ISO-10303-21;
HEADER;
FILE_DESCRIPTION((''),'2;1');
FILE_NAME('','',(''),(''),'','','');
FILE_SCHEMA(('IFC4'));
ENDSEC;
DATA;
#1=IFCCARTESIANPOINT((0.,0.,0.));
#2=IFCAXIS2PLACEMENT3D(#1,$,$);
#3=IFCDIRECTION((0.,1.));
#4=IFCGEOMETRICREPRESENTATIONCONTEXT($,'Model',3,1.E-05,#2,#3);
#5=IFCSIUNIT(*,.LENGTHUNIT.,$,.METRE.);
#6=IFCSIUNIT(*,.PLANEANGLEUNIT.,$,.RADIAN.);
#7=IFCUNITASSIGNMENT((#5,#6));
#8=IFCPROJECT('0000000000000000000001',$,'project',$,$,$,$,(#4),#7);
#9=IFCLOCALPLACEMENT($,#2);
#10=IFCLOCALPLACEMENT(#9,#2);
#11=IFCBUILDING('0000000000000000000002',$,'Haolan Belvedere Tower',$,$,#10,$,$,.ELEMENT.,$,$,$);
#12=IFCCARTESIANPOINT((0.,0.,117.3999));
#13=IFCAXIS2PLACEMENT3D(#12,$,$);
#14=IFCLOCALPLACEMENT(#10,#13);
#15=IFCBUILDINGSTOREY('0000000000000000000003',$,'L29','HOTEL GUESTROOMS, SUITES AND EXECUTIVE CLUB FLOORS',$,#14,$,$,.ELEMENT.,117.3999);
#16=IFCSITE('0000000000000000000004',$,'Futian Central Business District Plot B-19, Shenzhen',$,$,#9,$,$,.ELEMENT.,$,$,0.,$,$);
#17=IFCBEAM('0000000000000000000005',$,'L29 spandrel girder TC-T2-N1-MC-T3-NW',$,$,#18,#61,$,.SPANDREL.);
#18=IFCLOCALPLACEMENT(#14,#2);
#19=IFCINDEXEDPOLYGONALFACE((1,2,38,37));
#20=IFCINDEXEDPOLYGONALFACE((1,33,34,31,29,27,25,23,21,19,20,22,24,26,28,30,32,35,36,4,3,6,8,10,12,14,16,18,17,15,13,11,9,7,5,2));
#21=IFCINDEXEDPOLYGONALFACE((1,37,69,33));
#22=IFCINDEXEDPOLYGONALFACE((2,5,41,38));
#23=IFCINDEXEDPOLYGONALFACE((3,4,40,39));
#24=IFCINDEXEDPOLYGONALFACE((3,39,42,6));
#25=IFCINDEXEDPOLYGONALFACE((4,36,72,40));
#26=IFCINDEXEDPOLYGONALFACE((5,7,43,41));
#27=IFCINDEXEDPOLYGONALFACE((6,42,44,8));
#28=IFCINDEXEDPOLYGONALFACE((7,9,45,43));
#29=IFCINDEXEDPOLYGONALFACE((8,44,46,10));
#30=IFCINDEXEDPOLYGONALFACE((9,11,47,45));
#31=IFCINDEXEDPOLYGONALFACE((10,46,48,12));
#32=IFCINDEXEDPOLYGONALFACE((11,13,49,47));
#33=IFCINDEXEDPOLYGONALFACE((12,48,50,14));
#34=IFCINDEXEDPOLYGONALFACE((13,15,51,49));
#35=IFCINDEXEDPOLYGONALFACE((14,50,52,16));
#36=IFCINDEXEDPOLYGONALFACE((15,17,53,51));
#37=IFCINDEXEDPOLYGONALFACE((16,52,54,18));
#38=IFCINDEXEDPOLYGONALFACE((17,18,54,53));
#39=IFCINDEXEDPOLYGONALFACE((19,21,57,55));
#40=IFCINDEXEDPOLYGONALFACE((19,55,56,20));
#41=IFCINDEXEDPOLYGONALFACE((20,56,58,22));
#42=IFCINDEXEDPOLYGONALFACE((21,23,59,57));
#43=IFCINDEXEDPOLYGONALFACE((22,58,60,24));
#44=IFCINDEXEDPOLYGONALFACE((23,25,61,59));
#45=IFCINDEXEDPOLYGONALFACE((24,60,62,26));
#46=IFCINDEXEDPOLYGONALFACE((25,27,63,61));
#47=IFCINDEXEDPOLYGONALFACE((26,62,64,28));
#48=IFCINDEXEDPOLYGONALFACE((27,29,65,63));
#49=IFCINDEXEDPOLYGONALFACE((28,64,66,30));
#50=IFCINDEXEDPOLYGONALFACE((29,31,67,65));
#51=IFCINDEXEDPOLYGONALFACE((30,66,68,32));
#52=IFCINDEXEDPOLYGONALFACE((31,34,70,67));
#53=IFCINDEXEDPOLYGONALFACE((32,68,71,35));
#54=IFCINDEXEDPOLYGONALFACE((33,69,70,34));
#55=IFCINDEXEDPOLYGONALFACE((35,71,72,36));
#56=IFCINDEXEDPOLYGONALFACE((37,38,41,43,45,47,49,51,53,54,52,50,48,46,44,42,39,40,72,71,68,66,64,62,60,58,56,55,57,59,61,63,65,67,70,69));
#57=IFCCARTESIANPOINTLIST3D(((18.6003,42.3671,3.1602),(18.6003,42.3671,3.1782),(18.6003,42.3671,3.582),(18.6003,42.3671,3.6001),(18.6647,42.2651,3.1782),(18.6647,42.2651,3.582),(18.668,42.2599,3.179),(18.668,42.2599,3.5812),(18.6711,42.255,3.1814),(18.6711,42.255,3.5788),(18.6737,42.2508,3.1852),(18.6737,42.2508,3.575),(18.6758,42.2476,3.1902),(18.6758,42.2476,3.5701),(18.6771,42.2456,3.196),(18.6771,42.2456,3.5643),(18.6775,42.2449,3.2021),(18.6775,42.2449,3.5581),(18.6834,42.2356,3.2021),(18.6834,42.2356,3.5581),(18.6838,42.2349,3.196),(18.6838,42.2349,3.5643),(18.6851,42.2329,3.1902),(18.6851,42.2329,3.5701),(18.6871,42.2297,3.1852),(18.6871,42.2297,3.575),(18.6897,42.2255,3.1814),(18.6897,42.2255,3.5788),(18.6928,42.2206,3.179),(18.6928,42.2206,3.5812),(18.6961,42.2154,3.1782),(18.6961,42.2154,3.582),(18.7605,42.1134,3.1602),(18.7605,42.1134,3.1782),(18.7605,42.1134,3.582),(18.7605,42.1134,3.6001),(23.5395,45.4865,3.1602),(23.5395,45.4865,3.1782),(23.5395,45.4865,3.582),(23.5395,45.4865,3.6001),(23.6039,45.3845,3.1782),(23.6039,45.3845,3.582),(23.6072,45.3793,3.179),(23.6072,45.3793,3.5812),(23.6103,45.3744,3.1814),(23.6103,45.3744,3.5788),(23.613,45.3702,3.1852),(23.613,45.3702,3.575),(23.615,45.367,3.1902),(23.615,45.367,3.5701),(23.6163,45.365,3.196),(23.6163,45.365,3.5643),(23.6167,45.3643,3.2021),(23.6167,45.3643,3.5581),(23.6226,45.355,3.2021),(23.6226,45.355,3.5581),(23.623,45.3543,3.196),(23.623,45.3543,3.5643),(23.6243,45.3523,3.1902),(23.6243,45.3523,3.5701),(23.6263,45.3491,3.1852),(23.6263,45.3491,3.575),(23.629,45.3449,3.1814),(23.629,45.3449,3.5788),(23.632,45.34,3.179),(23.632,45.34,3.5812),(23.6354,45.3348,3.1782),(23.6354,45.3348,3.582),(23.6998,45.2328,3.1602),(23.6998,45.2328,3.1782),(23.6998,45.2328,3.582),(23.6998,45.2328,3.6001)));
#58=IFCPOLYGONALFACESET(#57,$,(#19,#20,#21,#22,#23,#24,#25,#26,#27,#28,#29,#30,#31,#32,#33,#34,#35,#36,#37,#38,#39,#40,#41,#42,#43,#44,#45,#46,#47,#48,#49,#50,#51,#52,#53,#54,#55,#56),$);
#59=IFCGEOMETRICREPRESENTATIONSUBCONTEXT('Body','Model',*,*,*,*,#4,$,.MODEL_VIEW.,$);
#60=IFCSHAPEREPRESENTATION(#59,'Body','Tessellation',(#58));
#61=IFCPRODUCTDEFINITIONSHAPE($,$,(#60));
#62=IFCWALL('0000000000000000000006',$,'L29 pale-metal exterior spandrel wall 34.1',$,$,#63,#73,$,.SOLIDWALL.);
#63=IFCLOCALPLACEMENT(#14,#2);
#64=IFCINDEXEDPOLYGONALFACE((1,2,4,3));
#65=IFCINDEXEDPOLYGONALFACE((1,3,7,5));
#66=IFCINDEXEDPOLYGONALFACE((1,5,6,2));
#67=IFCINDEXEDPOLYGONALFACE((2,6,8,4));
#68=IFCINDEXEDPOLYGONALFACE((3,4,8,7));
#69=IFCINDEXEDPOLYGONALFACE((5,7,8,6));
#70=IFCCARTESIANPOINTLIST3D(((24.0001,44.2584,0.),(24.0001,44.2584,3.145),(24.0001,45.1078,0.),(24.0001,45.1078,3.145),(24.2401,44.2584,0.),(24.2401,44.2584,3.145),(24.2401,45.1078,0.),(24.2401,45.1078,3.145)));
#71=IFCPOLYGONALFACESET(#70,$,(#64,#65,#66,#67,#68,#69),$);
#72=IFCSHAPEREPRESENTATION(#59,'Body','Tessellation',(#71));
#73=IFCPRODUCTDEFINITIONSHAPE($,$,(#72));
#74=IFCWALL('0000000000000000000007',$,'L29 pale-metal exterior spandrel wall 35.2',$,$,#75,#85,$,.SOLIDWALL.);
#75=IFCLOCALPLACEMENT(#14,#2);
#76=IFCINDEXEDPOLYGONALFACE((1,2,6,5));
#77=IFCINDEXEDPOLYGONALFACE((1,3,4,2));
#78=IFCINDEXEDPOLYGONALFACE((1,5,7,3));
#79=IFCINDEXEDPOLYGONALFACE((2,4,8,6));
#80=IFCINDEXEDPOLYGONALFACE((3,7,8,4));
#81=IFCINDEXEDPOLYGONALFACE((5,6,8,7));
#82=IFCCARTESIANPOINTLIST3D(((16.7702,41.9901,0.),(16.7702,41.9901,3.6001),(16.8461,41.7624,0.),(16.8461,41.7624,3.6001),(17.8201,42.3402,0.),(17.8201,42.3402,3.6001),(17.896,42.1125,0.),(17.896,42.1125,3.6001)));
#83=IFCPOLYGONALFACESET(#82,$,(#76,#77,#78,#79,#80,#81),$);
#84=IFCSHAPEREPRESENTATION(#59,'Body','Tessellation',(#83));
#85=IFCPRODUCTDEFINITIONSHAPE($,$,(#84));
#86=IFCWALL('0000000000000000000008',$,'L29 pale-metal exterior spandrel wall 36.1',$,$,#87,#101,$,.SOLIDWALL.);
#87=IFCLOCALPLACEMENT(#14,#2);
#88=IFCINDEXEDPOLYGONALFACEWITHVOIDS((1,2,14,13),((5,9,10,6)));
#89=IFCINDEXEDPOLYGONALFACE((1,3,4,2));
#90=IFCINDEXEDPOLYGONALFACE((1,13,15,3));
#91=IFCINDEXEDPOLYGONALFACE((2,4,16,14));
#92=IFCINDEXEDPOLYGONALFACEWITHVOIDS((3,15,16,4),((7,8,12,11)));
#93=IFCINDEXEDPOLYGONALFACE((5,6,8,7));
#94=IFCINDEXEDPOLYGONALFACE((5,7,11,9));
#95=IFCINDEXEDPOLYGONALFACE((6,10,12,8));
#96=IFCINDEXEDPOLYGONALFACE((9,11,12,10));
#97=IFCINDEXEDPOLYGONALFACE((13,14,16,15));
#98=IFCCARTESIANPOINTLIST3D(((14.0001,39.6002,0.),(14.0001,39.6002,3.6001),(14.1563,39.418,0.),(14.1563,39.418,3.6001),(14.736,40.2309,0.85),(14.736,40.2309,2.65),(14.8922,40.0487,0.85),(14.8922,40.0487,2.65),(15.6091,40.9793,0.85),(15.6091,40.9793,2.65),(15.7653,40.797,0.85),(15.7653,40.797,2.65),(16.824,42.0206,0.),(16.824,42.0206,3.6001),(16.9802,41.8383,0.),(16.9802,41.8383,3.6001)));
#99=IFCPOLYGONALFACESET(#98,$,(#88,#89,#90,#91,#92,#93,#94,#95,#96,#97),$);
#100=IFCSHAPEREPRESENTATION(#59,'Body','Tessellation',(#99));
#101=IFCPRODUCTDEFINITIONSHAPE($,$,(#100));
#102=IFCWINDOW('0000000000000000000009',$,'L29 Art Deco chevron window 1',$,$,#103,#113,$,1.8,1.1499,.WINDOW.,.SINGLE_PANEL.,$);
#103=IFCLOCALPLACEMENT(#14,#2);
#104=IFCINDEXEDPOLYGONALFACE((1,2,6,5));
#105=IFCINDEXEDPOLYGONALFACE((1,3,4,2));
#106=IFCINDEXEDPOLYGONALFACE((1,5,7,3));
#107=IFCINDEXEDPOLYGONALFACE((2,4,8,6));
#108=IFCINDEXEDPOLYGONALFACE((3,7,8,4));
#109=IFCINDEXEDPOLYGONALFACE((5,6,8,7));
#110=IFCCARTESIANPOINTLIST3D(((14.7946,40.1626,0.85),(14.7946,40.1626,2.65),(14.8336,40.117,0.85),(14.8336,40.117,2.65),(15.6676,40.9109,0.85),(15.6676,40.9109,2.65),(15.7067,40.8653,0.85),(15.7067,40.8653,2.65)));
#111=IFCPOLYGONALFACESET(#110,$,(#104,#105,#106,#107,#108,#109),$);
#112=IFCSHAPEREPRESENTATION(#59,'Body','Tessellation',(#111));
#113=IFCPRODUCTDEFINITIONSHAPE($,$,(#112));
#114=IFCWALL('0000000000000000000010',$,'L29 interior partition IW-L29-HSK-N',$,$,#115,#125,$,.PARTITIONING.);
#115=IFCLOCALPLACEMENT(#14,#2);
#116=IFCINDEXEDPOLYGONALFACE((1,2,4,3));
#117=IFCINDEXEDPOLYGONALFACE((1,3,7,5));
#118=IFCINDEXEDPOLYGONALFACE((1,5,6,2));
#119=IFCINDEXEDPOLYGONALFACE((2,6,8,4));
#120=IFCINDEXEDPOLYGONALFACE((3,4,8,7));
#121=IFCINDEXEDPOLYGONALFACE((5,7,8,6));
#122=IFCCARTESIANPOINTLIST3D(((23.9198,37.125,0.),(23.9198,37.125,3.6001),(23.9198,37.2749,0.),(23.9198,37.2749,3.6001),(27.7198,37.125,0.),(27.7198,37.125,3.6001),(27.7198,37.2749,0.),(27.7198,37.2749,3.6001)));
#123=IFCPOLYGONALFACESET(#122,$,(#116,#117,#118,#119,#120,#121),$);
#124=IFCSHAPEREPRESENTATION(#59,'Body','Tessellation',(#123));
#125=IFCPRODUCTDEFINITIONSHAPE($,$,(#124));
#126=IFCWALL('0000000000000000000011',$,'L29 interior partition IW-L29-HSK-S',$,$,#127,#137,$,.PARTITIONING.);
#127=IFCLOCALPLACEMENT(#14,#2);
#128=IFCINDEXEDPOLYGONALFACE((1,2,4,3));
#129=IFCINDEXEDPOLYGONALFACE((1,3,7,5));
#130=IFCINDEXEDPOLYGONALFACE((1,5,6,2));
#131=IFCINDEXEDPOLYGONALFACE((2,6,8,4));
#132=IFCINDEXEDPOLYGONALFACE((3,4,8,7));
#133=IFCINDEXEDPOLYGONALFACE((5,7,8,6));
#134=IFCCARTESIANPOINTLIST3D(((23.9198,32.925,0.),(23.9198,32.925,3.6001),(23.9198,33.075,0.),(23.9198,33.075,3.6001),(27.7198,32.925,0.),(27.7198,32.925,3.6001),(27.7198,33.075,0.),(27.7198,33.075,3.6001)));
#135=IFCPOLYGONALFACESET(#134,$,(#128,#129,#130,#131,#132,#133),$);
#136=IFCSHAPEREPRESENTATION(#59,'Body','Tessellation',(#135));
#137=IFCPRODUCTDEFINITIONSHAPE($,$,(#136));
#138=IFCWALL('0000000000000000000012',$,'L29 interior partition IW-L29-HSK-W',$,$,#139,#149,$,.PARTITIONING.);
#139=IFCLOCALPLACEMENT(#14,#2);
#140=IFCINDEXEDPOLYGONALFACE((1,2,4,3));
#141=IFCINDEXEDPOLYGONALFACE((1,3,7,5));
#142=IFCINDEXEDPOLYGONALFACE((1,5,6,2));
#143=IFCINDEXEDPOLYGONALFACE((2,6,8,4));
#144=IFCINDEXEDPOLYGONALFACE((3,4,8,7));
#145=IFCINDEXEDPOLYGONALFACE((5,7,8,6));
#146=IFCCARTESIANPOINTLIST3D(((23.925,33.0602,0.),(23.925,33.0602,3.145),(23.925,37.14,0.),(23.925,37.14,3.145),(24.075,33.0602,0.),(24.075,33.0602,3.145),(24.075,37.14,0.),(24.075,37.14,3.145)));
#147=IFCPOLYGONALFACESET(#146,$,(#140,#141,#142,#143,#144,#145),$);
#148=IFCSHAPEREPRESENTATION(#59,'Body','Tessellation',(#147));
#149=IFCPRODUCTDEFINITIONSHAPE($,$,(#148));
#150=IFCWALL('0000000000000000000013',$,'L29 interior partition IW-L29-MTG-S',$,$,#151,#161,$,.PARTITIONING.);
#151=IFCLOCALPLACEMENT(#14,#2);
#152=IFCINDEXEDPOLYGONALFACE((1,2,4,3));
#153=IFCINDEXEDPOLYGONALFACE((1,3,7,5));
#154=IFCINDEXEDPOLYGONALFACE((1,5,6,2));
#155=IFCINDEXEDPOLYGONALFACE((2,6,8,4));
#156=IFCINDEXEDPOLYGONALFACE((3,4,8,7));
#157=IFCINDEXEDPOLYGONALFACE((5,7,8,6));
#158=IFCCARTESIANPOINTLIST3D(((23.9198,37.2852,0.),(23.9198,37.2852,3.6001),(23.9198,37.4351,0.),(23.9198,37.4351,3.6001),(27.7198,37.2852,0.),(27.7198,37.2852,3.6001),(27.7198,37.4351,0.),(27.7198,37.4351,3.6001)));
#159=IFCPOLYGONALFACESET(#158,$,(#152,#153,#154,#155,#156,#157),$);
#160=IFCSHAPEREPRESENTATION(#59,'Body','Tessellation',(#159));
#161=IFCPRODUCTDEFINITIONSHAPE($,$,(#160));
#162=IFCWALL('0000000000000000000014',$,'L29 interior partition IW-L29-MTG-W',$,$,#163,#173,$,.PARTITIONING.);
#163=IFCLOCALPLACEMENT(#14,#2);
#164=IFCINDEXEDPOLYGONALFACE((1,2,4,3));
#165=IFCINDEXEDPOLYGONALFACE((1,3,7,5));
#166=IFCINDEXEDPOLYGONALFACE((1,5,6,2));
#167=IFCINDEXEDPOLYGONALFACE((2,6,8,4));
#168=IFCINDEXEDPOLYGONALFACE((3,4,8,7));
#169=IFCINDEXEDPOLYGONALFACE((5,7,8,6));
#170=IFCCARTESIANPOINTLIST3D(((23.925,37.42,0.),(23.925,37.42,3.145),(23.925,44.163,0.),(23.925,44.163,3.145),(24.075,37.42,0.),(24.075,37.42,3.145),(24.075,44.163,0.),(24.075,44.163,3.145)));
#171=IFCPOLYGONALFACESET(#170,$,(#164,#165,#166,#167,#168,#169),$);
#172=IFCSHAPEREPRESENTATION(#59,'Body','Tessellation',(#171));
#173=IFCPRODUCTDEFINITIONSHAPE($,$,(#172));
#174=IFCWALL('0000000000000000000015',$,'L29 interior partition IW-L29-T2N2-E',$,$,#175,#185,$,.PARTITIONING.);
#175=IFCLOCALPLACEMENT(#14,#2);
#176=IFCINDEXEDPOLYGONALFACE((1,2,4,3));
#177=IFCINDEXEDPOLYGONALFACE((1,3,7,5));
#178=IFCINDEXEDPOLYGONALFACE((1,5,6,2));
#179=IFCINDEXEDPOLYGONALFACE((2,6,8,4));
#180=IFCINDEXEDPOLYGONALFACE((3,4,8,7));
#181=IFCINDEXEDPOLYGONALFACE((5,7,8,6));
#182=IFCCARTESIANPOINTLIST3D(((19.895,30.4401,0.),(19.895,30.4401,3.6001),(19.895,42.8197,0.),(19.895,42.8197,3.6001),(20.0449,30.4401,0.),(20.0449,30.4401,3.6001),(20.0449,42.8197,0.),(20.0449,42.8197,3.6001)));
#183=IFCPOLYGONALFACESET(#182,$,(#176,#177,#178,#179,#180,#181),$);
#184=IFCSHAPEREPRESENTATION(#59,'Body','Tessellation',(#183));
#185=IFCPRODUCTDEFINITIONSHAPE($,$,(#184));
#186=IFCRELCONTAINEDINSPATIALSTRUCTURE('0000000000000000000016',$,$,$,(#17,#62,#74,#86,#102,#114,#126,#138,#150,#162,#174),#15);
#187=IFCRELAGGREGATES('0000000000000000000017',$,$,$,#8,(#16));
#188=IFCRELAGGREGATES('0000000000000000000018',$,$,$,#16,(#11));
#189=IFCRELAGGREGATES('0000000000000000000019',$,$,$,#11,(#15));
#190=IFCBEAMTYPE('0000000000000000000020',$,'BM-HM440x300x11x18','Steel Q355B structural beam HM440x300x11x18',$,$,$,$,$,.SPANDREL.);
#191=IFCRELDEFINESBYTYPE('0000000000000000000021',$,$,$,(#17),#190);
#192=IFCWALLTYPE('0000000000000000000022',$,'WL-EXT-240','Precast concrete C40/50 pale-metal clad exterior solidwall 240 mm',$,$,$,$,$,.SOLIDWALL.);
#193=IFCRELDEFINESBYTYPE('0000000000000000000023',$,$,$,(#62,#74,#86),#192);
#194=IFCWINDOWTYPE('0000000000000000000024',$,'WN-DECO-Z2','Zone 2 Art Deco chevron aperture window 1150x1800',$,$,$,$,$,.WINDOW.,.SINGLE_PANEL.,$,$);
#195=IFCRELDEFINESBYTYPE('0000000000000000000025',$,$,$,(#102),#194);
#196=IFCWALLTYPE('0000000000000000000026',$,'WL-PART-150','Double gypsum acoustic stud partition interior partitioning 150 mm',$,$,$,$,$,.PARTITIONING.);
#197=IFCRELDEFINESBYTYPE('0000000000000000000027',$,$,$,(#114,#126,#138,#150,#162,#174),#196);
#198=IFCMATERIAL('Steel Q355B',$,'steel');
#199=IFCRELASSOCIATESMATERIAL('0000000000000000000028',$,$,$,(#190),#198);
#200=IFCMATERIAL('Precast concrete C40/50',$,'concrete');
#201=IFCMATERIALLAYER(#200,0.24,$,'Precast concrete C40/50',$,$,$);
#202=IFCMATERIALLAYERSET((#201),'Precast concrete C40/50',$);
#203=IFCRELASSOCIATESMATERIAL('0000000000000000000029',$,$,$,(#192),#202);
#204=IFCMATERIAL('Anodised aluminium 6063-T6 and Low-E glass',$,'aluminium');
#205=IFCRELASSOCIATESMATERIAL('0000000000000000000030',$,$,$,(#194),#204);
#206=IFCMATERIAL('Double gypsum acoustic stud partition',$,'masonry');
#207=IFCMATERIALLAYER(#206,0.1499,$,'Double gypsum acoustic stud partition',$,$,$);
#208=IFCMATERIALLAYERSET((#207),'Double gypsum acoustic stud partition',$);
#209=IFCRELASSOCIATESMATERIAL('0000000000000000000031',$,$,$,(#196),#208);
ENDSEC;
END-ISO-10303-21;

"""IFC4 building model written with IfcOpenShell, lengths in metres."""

from ifc_helpers import new_model, si_unit, direction, frame, frame_2d, origin, origin_2d, place, context, subcontext, project, spatial, rectangle, i_section, extrude, material, layer, layer_set, material_profile, profile_set, type_object, element, fill, save


model = new_model("IFC4")

# Units and contexts
model_context = context("Model", 3, precision=1e-05, world=origin(), true_north=direction((0.0, 1.0)))
body_context = subcontext(model_context, "Body", "Model", "MODEL_VIEW")
ifc_project = project(units=[si_unit("LENGTHUNIT", "METRE"), si_unit("PLANEANGLEUNIT", "RADIAN")], contexts=[model_context])

# Site, building, storey
site_placement = place(None, origin())
site = spatial("IfcSite", under=ifc_project, at=site_placement, Name="Futian Central Business District Plot B-19, Shenzhen", CompositionType="ELEMENT", RefElevation=0.0)
building_placement = place(site_placement, origin())
building = spatial("IfcBuilding", under=site, at=building_placement, Name="Haolan Belvedere Tower", CompositionType="ELEMENT")
storey_placement = place(building_placement, frame((0.0, 0.0, 117.3999)))
storey = spatial("IfcBuildingStorey", under=building, at=storey_placement, Name="L29", Description="HOTEL GUESTROOMS, SUITES AND EXECUTIVE CLUB FLOORS", CompositionType="ELEMENT", Elevation=117.3999)

# Beam
ifc_material_1 = material(Name="Steel Q355B", Category="steel")
ifc_material_profile_1 = material_profile(ifc_material_1, i_section(OverallWidth=0.3, OverallDepth=0.4399, WebThickness=0.011, FlangeThickness=0.0181, FilletRadius=0.0239, at=origin_2d()), Name="Steel Q355B")
ifc_profile_set_1 = profile_set([ifc_material_profile_1], Name="Steel Q355B")
beam_type = type_object("IfcBeamType", Name="BM-HM440x300x11x18", Description="Steel Q355B structural beam HM440x300x11x18", PredefinedType="SPANDREL", material=ifc_profile_set_1)
beam_placement = place(storey_placement, frame((18.6804, 42.2402, 3.3801), z_axis=(0.845498, 0.533979, 0.0), x_axis=(-0.533979, 0.845498, 0.0)))
element("IfcBeam", 1, at=beam_placement, inside=storey, type_object=beam_type, Name="L29 spandrel girder TC-T2-N1-MC-T3-NW", PredefinedType="SPANDREL", context=body_context, shape_type="SweptSolid", body=[
    extrude(i_section(OverallWidth=0.3, OverallDepth=0.4399, WebThickness=0.011, FlangeThickness=0.0181, FilletRadius=0.0239, at=origin_2d()), origin(), (0.0, 0.0, 1.0), 5.8418),
])

# Walls
ifc_material_2 = material(Name="Precast concrete C40/50", Category="concrete")
ifc_layer_1 = layer(ifc_material_2, 0.24, Name="Precast concrete C40/50")
ifc_layer_set_1 = layer_set([ifc_layer_1], Name="Precast concrete C40/50")
wall_type_1 = type_object("IfcWallType", Name="WL-EXT-240", Description="Precast concrete C40/50 pale-metal clad exterior solidwall 240 mm", PredefinedType="SOLIDWALL", material=ifc_layer_set_1)
wall_1_placement = place(storey_placement, frame((24.1201, 45.1079, 0.0), z_axis=(0.0, 0.0, 1.0), x_axis=(0.0, -1.0, 0.0)))
element("IfcWall", 2, at=wall_1_placement, inside=storey, type_object=wall_type_1, Name="L29 pale-metal exterior spandrel wall 34.1", PredefinedType="SOLIDWALL", context=body_context, shape_type="SweptSolid", body=[
    extrude(rectangle(XDim=0.8494, YDim=0.24, at=frame_2d((0.4248, 0.0))), origin(), (0.0, 0.0, 1.0), 3.145),
])
wall_2_placement = place(storey_placement, frame((17.8579, 42.2263, 0.0), z_axis=(0.0, 0.0, 1.0), x_axis=(-0.948639, -0.31636, 0.0)))
element("IfcWall", 3, at=wall_2_placement, inside=storey, type_object=wall_type_1, Name="L29 pale-metal exterior spandrel wall 35.2", PredefinedType="SOLIDWALL", context=body_context, shape_type="SweptSolid", body=[
    extrude(rectangle(XDim=1.1067, YDim=0.24, at=frame_2d((0.5532, 0.0))), origin(), (0.0, 0.0, 1.0), 3.6001),
])

# Wall, opening, window
wall_3_placement = place(storey_placement, frame((16.9021, 41.9294, 0.0), z_axis=(0.0, 0.0, 1.0), x_axis=(-0.759275, -0.65077, 0.0)))
wall_3 = element("IfcWall", 4, at=wall_3_placement, inside=storey, type_object=wall_type_1, Name="L29 pale-metal exterior spandrel wall 36.1", PredefinedType="SOLIDWALL", context=body_context, shape_type="SweptSolid", body=[
    extrude(rectangle(XDim=3.7192, YDim=0.24, at=frame_2d((1.8596, 0.0))), origin(), (0.0, 0.0, 1.0), 3.6001),
])
opening_1_placement = place(wall_3_placement, frame((1.6001, 0.0, 0.8501)))
opening_1 = element("IfcOpeningElement", 5, at=opening_1_placement, cuts=wall_3, PredefinedType="OPENING", context=body_context, shape_type="SweptSolid", body=[
    extrude(rectangle(XDim=1.1499, YDim=1.8, at=frame_2d((0.575, 0.8999))), frame((0.0, 0.1299, 0.0), z_axis=(0.0, -1.0, 0.0), x_axis=(1.0, 0.0, 0.0)), (0.0, 0.0, 1.0), 0.26),
])
ifc_material_3 = material(Name="Anodised aluminium 6063-T6 and Low-E glass", Category="aluminium")
window_type = type_object("IfcWindowType", Name="WN-DECO-Z2", Description="Zone 2 Art Deco chevron aperture window 1150x1800", PartitioningType="SINGLE_PANEL", PredefinedType="WINDOW", material=ifc_material_3)
window_placement = place(opening_1_placement, origin())
window = element("IfcWindow", 6, at=window_placement, inside=storey, type_object=window_type, Name="L29 Art Deco chevron window 1", OverallHeight=1.8, OverallWidth=1.1499, PartitioningType="SINGLE_PANEL", PredefinedType="WINDOW", context=body_context, shape_type="SweptSolid", body=[
    extrude(rectangle(XDim=1.1499, YDim=1.8, at=frame_2d((0.575, 0.8999))), frame((0.0, 0.03, 0.0), z_axis=(0.0, -1.0, 0.0), x_axis=(1.0, 0.0, 0.0)), (0.0, 0.0, 1.0), 0.0601),
])
fill(opening_1, window)

# Walls
ifc_material_4 = material(Name="Double gypsum acoustic stud partition", Category="masonry")
ifc_layer_2 = layer(ifc_material_4, 0.1499, Name="Double gypsum acoustic stud partition")
ifc_layer_set_2 = layer_set([ifc_layer_2], Name="Double gypsum acoustic stud partition")
wall_type_2 = type_object("IfcWallType", Name="WL-PART-150", Description="Double gypsum acoustic stud partition interior partitioning 150 mm", PredefinedType="PARTITIONING", material=ifc_layer_set_2)
for number, where, z_axis, x_axis, name in (
    (7, (23.9199, 37.2, 0.0), (0.0, 0.0, 1.0), (1.0, 0.0, 0.0), "L29 interior partition IW-L29-HSK-N"),
    (8, (23.9199, 33.0, 0.0), (0.0, 0.0, 1.0), (1.0, 0.0, 0.0), "L29 interior partition IW-L29-HSK-S"),
):
    element("IfcWall", number, at=place(storey_placement, frame(where, z_axis=z_axis, x_axis=x_axis)), inside=storey, type_object=wall_type_2, Name=name, PredefinedType="PARTITIONING", context=body_context, shape_type="SweptSolid", body=[
        extrude(rectangle(XDim=3.8, YDim=0.1499, at=frame_2d((1.8999, 0.0))), origin(), (0.0, 0.0, 1.0), 3.6001),
    ])
wall_4_placement = place(storey_placement, frame((24.0, 33.0601, 0.0), z_axis=(0.0, 0.0, 1.0), x_axis=(0.0, 1.0, 0.0)))
element("IfcWall", 9, at=wall_4_placement, inside=storey, type_object=wall_type_2, Name="L29 interior partition IW-L29-HSK-W", PredefinedType="PARTITIONING", context=body_context, shape_type="SweptSolid", body=[
    extrude(rectangle(XDim=4.0798, YDim=0.1499, at=frame_2d((2.04, 0.0))), origin(), (0.0, 0.0, 1.0), 3.145),
])
wall_5_placement = place(storey_placement, frame((23.9199, 37.3601, 0.0), z_axis=(0.0, 0.0, 1.0), x_axis=(1.0, 0.0, 0.0)))
element("IfcWall", 10, at=wall_5_placement, inside=storey, type_object=wall_type_2, Name="L29 interior partition IW-L29-MTG-S", PredefinedType="PARTITIONING", context=body_context, shape_type="SweptSolid", body=[
    extrude(rectangle(XDim=3.8, YDim=0.1499, at=frame_2d((1.8999, 0.0))), origin(), (0.0, 0.0, 1.0), 3.6001),
])
wall_6_placement = place(storey_placement, frame((24.0, 37.4199, 0.0), z_axis=(0.0, 0.0, 1.0), x_axis=(0.0, 1.0, 0.0)))
element("IfcWall", 11, at=wall_6_placement, inside=storey, type_object=wall_type_2, Name="L29 interior partition IW-L29-MTG-W", PredefinedType="PARTITIONING", context=body_context, shape_type="SweptSolid", body=[
    extrude(rectangle(XDim=6.7429, YDim=0.1499, at=frame_2d((3.3716, 0.0))), origin(), (0.0, 0.0, 1.0), 3.145),
])
wall_7_placement = place(storey_placement, frame((19.97, 30.4399, 0.0), z_axis=(0.0, 0.0, 1.0), x_axis=(0.0, 1.0, 0.0)))
element("IfcWall", 12, at=wall_7_placement, inside=storey, type_object=wall_type_2, Name="L29 interior partition IW-L29-T2N2-E", PredefinedType="PARTITIONING", context=body_context, shape_type="SweptSolid", body=[
    extrude(rectangle(XDim=12.3796, YDim=0.1499, at=frame_2d((6.1899, 0.0))), origin(), (0.0, 0.0, 1.0), 3.6001),
])

save(model, "model.ifc")
